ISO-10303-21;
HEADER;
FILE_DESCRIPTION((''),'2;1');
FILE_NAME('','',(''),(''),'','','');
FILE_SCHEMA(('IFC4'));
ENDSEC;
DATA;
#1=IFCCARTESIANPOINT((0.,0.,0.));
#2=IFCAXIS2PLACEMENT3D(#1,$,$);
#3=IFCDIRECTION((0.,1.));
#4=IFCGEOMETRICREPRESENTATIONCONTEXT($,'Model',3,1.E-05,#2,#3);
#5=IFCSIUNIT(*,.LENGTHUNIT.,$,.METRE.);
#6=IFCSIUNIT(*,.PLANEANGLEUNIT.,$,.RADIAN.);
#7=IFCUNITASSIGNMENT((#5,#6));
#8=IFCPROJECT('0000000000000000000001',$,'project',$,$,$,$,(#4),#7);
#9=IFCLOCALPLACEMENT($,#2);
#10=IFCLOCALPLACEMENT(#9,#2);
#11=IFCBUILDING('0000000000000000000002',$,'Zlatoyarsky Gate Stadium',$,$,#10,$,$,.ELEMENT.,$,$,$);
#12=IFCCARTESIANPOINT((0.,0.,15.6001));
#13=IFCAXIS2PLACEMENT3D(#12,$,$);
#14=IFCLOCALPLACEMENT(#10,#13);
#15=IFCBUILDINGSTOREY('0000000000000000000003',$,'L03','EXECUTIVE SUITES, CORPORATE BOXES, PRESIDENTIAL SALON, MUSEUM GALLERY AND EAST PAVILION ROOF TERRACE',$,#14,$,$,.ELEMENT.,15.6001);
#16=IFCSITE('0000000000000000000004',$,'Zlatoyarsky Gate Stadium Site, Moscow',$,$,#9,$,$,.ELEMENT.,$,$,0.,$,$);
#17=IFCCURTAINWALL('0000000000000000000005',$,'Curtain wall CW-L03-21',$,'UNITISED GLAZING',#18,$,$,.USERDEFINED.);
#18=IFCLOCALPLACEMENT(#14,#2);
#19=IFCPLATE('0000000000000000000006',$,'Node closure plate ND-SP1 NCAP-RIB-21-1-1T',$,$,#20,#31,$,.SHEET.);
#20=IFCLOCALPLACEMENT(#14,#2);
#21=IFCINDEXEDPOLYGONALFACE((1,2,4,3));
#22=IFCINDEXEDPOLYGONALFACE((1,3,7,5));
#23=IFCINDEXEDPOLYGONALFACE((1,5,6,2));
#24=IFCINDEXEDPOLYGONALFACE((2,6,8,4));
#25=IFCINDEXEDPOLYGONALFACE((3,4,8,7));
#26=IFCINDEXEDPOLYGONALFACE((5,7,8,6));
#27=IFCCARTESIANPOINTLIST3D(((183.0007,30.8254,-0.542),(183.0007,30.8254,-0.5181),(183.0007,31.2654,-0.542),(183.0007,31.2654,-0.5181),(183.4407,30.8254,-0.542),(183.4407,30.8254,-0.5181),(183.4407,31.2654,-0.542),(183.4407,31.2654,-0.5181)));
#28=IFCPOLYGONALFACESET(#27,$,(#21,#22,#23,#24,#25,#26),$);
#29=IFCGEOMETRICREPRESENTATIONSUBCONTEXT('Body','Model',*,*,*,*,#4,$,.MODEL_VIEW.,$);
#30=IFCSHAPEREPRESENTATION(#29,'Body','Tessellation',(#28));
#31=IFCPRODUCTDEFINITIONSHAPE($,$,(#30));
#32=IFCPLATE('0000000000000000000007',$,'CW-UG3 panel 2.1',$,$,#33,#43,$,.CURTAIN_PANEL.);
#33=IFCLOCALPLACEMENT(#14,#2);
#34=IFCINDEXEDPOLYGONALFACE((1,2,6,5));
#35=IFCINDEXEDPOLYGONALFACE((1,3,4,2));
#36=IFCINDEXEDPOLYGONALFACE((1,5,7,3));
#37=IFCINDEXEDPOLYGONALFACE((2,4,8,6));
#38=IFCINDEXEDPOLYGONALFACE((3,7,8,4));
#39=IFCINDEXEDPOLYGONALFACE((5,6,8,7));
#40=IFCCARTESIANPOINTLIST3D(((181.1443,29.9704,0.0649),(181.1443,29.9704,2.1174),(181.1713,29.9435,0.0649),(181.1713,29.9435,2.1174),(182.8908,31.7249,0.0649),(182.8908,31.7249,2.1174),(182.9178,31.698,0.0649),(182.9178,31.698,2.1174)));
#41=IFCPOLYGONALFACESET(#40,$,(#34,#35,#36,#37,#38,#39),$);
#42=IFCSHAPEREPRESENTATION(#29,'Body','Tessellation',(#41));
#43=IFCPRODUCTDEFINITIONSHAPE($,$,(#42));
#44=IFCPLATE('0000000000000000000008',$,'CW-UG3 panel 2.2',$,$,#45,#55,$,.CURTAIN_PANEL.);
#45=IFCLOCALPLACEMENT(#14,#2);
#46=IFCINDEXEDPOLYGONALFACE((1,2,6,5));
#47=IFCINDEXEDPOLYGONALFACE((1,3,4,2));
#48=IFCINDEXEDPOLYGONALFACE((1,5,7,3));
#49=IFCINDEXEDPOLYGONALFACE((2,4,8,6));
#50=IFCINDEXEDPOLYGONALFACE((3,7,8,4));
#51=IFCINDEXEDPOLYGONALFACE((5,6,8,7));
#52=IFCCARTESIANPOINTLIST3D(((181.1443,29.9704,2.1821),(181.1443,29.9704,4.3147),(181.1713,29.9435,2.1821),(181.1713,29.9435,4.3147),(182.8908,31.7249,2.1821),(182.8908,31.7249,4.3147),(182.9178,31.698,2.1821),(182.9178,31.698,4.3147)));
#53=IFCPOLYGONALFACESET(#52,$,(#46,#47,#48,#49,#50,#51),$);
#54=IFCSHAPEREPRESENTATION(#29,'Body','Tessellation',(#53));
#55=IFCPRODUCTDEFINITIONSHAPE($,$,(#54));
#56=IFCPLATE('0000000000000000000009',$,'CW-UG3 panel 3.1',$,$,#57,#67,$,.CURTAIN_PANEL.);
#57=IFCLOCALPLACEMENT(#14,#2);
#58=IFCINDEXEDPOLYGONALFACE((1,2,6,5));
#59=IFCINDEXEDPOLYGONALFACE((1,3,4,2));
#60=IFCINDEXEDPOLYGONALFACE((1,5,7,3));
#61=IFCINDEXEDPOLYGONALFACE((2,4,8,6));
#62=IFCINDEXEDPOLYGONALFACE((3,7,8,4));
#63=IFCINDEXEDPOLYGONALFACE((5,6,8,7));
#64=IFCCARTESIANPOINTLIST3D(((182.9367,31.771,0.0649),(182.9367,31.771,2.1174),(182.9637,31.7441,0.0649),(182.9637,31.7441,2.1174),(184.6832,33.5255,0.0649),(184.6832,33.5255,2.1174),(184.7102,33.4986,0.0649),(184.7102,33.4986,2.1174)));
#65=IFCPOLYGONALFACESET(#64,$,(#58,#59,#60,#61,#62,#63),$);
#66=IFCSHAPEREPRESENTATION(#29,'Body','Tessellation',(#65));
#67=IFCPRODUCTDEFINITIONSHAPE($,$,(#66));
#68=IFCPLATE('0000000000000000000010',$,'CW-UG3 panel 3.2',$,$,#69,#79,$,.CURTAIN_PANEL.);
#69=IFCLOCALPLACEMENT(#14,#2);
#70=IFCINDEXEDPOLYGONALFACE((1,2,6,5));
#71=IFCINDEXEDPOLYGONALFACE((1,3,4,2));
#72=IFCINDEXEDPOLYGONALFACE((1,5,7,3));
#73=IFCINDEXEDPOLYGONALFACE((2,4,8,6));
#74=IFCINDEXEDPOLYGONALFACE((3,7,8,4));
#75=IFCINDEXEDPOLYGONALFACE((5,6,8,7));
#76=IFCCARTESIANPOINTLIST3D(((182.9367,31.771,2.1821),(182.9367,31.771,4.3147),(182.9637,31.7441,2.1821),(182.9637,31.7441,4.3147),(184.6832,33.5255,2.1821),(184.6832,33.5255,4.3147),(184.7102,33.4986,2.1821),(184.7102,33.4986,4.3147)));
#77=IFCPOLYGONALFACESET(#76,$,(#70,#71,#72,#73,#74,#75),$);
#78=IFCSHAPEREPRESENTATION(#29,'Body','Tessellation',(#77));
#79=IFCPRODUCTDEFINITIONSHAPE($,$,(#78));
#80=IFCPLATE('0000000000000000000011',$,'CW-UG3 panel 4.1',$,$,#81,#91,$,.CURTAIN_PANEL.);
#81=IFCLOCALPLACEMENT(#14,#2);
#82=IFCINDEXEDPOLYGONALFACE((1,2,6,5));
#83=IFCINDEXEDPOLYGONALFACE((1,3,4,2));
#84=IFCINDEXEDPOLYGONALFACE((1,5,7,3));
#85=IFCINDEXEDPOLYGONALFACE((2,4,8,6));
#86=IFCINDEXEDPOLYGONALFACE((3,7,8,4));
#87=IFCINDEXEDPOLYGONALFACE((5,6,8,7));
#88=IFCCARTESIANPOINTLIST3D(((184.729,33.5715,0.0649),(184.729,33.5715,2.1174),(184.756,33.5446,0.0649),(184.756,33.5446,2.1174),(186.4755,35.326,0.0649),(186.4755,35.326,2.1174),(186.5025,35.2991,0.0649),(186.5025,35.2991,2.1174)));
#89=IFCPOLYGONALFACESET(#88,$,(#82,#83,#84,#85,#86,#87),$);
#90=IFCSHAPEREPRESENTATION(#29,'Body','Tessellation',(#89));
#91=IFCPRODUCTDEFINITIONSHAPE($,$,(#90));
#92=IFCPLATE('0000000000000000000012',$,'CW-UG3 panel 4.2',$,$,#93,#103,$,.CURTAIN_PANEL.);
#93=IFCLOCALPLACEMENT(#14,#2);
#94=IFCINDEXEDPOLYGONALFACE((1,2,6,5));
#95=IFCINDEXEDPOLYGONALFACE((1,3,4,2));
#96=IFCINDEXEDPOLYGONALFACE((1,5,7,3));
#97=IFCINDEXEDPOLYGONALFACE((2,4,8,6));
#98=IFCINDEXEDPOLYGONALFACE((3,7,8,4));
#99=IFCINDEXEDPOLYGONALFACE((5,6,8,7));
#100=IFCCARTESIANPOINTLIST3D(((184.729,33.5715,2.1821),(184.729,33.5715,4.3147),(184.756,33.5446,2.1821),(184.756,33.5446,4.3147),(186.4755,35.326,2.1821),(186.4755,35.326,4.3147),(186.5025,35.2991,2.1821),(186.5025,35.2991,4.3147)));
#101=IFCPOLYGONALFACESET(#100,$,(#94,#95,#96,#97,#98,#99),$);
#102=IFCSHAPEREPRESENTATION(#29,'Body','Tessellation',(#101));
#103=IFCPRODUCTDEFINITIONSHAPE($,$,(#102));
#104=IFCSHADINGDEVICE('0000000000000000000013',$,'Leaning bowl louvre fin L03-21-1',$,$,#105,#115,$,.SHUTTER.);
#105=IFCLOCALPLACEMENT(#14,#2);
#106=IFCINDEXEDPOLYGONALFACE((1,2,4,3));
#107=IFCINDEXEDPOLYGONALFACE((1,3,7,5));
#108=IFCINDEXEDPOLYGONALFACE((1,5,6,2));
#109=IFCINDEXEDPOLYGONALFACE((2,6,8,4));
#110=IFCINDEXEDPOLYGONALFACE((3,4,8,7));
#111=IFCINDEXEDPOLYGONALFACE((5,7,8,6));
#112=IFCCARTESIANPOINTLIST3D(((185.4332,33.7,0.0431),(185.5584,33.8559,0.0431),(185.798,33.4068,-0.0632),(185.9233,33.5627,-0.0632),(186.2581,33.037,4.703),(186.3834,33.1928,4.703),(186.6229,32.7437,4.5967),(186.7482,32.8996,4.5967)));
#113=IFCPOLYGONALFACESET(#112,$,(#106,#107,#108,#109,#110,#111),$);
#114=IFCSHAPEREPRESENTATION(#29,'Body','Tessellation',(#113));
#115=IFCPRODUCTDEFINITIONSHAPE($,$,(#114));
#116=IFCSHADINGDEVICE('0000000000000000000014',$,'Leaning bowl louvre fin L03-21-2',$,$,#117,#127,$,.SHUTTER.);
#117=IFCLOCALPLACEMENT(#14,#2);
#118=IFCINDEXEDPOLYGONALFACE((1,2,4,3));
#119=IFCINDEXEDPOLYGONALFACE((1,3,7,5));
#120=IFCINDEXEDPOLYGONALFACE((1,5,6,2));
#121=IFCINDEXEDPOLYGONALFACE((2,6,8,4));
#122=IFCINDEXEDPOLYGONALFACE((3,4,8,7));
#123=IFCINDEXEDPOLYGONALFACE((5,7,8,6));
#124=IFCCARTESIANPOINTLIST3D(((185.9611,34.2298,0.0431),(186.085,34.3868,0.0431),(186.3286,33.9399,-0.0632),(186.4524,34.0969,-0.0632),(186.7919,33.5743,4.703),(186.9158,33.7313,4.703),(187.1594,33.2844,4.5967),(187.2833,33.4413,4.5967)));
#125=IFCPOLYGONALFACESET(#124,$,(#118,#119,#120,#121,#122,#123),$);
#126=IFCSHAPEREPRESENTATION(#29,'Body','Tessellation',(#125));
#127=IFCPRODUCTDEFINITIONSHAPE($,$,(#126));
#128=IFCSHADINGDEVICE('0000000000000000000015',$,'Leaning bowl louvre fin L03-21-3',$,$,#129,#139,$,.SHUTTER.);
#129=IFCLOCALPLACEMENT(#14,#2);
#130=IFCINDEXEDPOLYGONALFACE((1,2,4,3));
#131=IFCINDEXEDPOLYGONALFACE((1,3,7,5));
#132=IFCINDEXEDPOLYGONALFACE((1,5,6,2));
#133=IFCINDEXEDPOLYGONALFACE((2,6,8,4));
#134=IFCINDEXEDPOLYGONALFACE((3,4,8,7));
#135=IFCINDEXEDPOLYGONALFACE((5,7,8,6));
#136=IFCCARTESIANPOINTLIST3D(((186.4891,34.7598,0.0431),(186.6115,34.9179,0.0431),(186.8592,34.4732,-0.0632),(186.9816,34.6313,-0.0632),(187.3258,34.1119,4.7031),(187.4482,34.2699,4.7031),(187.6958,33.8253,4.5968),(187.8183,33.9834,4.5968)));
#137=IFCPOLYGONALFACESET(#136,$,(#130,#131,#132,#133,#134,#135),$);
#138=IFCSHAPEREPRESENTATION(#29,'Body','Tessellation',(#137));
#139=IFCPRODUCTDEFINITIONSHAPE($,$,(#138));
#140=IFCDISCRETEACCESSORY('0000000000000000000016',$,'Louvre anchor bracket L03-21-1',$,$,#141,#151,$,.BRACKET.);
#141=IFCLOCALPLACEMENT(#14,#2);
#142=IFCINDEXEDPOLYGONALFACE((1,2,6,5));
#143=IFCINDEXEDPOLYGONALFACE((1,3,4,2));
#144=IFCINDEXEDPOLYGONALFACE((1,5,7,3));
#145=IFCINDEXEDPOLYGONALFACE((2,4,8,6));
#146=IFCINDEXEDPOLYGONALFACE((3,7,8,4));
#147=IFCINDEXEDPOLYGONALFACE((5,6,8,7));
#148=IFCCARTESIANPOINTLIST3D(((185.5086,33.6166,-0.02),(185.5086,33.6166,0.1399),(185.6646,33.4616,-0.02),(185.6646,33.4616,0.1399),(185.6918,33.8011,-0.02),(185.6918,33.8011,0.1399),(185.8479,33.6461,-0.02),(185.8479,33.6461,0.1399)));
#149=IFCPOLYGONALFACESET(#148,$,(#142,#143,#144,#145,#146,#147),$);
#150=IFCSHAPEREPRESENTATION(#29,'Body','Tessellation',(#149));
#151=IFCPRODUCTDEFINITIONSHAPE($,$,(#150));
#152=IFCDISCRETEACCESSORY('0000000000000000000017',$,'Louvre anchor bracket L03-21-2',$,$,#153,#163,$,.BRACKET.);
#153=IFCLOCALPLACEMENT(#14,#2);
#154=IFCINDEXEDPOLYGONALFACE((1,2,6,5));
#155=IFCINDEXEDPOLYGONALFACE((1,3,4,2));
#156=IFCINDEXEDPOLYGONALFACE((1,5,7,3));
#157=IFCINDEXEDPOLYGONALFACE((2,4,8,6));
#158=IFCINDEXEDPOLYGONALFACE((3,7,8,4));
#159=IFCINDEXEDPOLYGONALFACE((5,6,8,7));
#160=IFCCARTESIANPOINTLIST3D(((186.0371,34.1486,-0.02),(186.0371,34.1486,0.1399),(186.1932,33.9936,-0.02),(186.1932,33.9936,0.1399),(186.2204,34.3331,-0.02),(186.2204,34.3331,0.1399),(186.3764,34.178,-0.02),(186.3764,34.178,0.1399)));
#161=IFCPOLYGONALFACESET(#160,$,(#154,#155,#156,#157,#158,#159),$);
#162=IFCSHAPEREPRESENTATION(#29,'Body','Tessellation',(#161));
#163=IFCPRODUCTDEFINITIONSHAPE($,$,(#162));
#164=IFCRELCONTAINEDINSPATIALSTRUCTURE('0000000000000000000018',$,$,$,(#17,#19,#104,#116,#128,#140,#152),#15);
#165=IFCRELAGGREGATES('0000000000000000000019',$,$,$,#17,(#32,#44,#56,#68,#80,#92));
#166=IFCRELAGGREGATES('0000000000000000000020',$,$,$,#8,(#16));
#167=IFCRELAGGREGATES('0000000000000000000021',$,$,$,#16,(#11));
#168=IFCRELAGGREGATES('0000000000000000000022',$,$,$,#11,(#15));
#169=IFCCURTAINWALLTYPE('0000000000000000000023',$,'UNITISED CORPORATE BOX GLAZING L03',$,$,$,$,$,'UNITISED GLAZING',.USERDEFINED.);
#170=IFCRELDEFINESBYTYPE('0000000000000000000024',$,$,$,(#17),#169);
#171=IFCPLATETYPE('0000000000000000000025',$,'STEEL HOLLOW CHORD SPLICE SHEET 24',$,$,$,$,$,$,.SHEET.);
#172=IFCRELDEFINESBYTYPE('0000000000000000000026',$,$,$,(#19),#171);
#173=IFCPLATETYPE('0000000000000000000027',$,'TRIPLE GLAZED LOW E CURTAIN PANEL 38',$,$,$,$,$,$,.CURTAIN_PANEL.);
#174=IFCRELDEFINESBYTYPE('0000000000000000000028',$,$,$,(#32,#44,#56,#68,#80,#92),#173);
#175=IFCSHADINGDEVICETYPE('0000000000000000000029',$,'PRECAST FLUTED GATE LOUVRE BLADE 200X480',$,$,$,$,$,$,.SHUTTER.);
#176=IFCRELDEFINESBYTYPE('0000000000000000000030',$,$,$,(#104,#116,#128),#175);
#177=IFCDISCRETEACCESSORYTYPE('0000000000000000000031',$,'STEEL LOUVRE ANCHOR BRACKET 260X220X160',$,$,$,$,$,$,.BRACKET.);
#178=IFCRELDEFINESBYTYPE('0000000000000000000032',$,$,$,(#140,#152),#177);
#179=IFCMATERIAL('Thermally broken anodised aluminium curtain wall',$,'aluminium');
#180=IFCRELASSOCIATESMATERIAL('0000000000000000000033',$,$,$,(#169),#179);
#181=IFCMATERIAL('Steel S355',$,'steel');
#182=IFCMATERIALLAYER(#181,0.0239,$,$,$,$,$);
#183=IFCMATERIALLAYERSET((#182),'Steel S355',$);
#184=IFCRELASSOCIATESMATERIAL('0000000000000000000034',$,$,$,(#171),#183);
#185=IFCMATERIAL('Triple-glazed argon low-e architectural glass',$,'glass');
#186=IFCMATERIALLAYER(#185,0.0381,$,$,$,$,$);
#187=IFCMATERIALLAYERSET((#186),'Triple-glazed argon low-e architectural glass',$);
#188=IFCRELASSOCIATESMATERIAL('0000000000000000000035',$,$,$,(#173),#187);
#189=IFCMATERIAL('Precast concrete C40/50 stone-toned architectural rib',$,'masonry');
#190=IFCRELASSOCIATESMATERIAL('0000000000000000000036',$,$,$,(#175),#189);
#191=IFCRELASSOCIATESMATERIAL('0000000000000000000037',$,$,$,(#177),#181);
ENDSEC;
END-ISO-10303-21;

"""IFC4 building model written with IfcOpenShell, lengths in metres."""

from ifc_helpers import new_model, si_unit, direction, frame, origin, origin_2d, place, context, subcontext, project, spatial, rectangle, extrude, material, layer, layer_set, material_profile, profile_set, type_object, element, aggregate, save


model = new_model("IFC4")

# Units and contexts
model_context = context("Model", 3, precision=1e-05, world=origin(), true_north=direction((0.0, 1.0)))
body_context = subcontext(model_context, "Body", "Model", "MODEL_VIEW")
ifc_project = project(units=[si_unit("LENGTHUNIT", "METRE"), si_unit("PLANEANGLEUNIT", "RADIAN")], contexts=[model_context])

# Site, building, storey
site_placement = place(None, origin())
site = spatial("IfcSite", under=ifc_project, at=site_placement, Name="Zlatoyarsky Gate Stadium Site, Moscow", CompositionType="ELEMENT", RefElevation=0.0)
building_placement = place(site_placement, origin())
building = spatial("IfcBuilding", under=site, at=building_placement, Name="Zlatoyarsky Gate Stadium", CompositionType="ELEMENT")
storey_placement = place(building_placement, frame((0.0, 0.0, 15.6001)))
storey = spatial("IfcBuildingStorey", under=building, at=storey_placement, Name="L03", Description="EXECUTIVE SUITES, CORPORATE BOXES, PRESIDENTIAL SALON, MUSEUM GALLERY AND EAST PAVILION ROOF TERRACE", CompositionType="ELEMENT", Elevation=15.6001)

# Curtain wall
ifc_material_1 = material(Name="Thermally broken anodised aluminium curtain wall", Category="aluminium")
curtain_wall_type = type_object("IfcCurtainWallType", Name="UNITISED CORPORATE BOX GLAZING L03", ElementType="UNITISED GLAZING", PredefinedType="USERDEFINED", material=ifc_material_1)
curtain_wall_placement = place(storey_placement, origin())
curtain_wall = element("IfcCurtainWall", 1, at=curtain_wall_placement, inside=storey, type_object=curtain_wall_type, Name="Curtain wall CW-L03-21", ObjectType="UNITISED GLAZING", PredefinedType="USERDEFINED")

# Shared definitions
ifc_material_2 = material(Name="Steel S355", Category="steel")

# Plates
ifc_layer_1 = layer(ifc_material_2, 0.0239)
ifc_layer_set_1 = layer_set([ifc_layer_1], Name="Steel S355")
plate_type_1 = type_object("IfcPlateType", Name="STEEL HOLLOW CHORD SPLICE SHEET 24", PredefinedType="SHEET", material=ifc_layer_set_1)
plate_1_placement = place(storey_placement, frame((183.2207, 31.0454, -0.542), z_axis=(0.0, 0.0, 1.0), x_axis=(1.0, 0.0, 0.0)))
element("IfcPlate", 2, at=plate_1_placement, inside=storey, type_object=plate_type_1, Name="Node closure plate ND-SP1 NCAP-RIB-21-1-1T", PredefinedType="SHEET", context=body_context, shape_type="SweptSolid", body=[
    extrude(rectangle(XDim=0.4399, YDim=0.4399, at=origin_2d()), origin(), (0.0, 0.0, 1.0), 0.0239),
])
ifc_material_3 = material(Name="Triple-glazed argon low-e architectural glass", Category="glass")
ifc_layer_2 = layer(ifc_material_3, 0.0381)
ifc_layer_set_2 = layer_set([ifc_layer_2], Name="Triple-glazed argon low-e architectural glass")
plate_type_2 = type_object("IfcPlateType", Name="TRIPLE GLAZED LOW E CURTAIN PANEL 38", PredefinedType="CURTAIN_PANEL", material=ifc_layer_set_2)
plate_2_placement = place(storey_placement, frame((182.031, 30.8342, 0.0649), z_axis=(0.0, 0.0, 1.0), x_axis=(0.705489, 0.708721, 0.0)))
plate_2 = element("IfcPlate", 3, at=plate_2_placement, type_object=plate_type_2, Name="CW-UG3 panel 2.1", PredefinedType="CURTAIN_PANEL", context=body_context, shape_type="SweptSolid", body=[
    extrude(rectangle(XDim=2.4756, YDim=0.0381, at=origin_2d()), origin(), (0.0, 0.0, 1.0), 2.0525),
])
plate_3_placement = place(storey_placement, frame((182.031, 30.8342, 2.1821), z_axis=(0.0, 0.0, 1.0), x_axis=(0.705489, 0.708721, 0.0)))
plate_3 = element("IfcPlate", 4, at=plate_3_placement, type_object=plate_type_2, Name="CW-UG3 panel 2.2", PredefinedType="CURTAIN_PANEL", context=body_context, shape_type="SweptSolid", body=[
    extrude(rectangle(XDim=2.4756, YDim=0.0381, at=origin_2d()), origin(), (0.0, 0.0, 1.0), 2.1326),
])
plate_4_placement = place(storey_placement, frame((183.8235, 32.6348, 0.0649), z_axis=(0.0, 0.0, 1.0), x_axis=(0.705489, 0.708721, 0.0)))
plate_4 = element("IfcPlate", 5, at=plate_4_placement, type_object=plate_type_2, Name="CW-UG3 panel 3.1", PredefinedType="CURTAIN_PANEL", context=body_context, shape_type="SweptSolid", body=[
    extrude(rectangle(XDim=2.4756, YDim=0.0381, at=origin_2d()), origin(), (0.0, 0.0, 1.0), 2.0525),
])
plate_5_placement = place(storey_placement, frame((183.8235, 32.6348, 2.1821), z_axis=(0.0, 0.0, 1.0), x_axis=(0.705489, 0.708721, 0.0)))
plate_5 = element("IfcPlate", 6, at=plate_5_placement, type_object=plate_type_2, Name="CW-UG3 panel 3.2", PredefinedType="CURTAIN_PANEL", context=body_context, shape_type="SweptSolid", body=[
    extrude(rectangle(XDim=2.4756, YDim=0.0381, at=origin_2d()), origin(), (0.0, 0.0, 1.0), 2.1326),
])
plate_6_placement = place(storey_placement, frame((185.6157, 34.4353, 0.0649), z_axis=(0.0, 0.0, 1.0), x_axis=(0.705489, 0.708721, 0.0)))
plate_6 = element("IfcPlate", 7, at=plate_6_placement, type_object=plate_type_2, Name="CW-UG3 panel 4.1", PredefinedType="CURTAIN_PANEL", context=body_context, shape_type="SweptSolid", body=[
    extrude(rectangle(XDim=2.4756, YDim=0.0381, at=origin_2d()), origin(), (0.0, 0.0, 1.0), 2.0525),
])
plate_7_placement = place(storey_placement, frame((185.6157, 34.4353, 2.1821), z_axis=(0.0, 0.0, 1.0), x_axis=(0.705489, 0.708721, 0.0)))
plate_7 = element("IfcPlate", 8, at=plate_7_placement, type_object=plate_type_2, Name="CW-UG3 panel 4.2", PredefinedType="CURTAIN_PANEL", context=body_context, shape_type="SweptSolid", body=[
    extrude(rectangle(XDim=2.4756, YDim=0.0381, at=origin_2d()), origin(), (0.0, 0.0, 1.0), 2.1326),
])
aggregate(curtain_wall, [plate_2, plate_3, plate_4, plate_5, plate_6, plate_7])

# Shading devices
ifc_material_4 = material(Name="Precast concrete C40/50 stone-toned architectural rib", Category="masonry")
ifc_material_profile_1 = material_profile(ifc_material_4, rectangle(XDim=0.2, YDim=0.48, at=origin_2d()), Name="RIB 200X480")
ifc_profile_set_1 = profile_set([ifc_material_profile_1], Name="Precast concrete C40/50 stone-toned architectural rib")
shading_device_type = type_object("IfcShadingDeviceType", Name="PRECAST FLUTED GATE LOUVRE BLADE 200X480", PredefinedType="SHUTTER", material=ifc_profile_set_1)
for number, where, z_axis, x_axis, name in (
    (9, (185.6782, 33.6313, -0.01), (0.172635, -0.138762, 0.975163), (0.626494, 0.779426, 0.0), "Leaning bowl louvre fin L03-21-1"),
    (10, (186.2068, 34.1633, -0.01), (0.173862, -0.137179, 0.975169), (0.61942, 0.78506, 0.0), "Leaning bowl louvre fin L03-21-2"),
    (11, (186.7354, 34.6956, -0.01), (0.175088, -0.135595, 0.975171), (0.612294, 0.79063, 0.0), "Leaning bowl louvre fin L03-21-3"),
):
    element("IfcShadingDevice", number, at=place(storey_placement, frame(where, z_axis=z_axis, x_axis=x_axis)), inside=storey, type_object=shading_device_type, Name=name, PredefinedType="SHUTTER", context=body_context, shape_type="SweptSolid", body=[
        extrude(rectangle(XDim=0.2, YDim=0.48, at=origin_2d()), origin(), (0.0, 0.0, 1.0), 4.7786),
    ])

# Discrete accessories
discrete_accessory_type = type_object("IfcDiscreteAccessoryType", Name="STEEL LOUVRE ANCHOR BRACKET 260X220X160", PredefinedType="BRACKET", material=ifc_material_2)
for number, where, z_axis, x_axis, name in (
    (12, (185.6782, 33.6313, -0.02), (0.0, 0.0, 1.0), (0.704815, 0.709391, 0.0), "Louvre anchor bracket L03-21-1"),
    (13, (186.2068, 34.1633, -0.02), (0.0, 0.0, 1.0), (0.704815, 0.709391, 0.0), "Louvre anchor bracket L03-21-2"),
):
    element("IfcDiscreteAccessory", number, at=place(storey_placement, frame(where, z_axis=z_axis, x_axis=x_axis)), inside=storey, type_object=discrete_accessory_type, Name=name, PredefinedType="BRACKET", context=body_context, shape_type="SweptSolid", body=[
        extrude(rectangle(XDim=0.26, YDim=0.22, at=origin_2d()), origin(), (0.0, 0.0, 1.0), 0.1599),
    ])

save(model, "model.ifc")
